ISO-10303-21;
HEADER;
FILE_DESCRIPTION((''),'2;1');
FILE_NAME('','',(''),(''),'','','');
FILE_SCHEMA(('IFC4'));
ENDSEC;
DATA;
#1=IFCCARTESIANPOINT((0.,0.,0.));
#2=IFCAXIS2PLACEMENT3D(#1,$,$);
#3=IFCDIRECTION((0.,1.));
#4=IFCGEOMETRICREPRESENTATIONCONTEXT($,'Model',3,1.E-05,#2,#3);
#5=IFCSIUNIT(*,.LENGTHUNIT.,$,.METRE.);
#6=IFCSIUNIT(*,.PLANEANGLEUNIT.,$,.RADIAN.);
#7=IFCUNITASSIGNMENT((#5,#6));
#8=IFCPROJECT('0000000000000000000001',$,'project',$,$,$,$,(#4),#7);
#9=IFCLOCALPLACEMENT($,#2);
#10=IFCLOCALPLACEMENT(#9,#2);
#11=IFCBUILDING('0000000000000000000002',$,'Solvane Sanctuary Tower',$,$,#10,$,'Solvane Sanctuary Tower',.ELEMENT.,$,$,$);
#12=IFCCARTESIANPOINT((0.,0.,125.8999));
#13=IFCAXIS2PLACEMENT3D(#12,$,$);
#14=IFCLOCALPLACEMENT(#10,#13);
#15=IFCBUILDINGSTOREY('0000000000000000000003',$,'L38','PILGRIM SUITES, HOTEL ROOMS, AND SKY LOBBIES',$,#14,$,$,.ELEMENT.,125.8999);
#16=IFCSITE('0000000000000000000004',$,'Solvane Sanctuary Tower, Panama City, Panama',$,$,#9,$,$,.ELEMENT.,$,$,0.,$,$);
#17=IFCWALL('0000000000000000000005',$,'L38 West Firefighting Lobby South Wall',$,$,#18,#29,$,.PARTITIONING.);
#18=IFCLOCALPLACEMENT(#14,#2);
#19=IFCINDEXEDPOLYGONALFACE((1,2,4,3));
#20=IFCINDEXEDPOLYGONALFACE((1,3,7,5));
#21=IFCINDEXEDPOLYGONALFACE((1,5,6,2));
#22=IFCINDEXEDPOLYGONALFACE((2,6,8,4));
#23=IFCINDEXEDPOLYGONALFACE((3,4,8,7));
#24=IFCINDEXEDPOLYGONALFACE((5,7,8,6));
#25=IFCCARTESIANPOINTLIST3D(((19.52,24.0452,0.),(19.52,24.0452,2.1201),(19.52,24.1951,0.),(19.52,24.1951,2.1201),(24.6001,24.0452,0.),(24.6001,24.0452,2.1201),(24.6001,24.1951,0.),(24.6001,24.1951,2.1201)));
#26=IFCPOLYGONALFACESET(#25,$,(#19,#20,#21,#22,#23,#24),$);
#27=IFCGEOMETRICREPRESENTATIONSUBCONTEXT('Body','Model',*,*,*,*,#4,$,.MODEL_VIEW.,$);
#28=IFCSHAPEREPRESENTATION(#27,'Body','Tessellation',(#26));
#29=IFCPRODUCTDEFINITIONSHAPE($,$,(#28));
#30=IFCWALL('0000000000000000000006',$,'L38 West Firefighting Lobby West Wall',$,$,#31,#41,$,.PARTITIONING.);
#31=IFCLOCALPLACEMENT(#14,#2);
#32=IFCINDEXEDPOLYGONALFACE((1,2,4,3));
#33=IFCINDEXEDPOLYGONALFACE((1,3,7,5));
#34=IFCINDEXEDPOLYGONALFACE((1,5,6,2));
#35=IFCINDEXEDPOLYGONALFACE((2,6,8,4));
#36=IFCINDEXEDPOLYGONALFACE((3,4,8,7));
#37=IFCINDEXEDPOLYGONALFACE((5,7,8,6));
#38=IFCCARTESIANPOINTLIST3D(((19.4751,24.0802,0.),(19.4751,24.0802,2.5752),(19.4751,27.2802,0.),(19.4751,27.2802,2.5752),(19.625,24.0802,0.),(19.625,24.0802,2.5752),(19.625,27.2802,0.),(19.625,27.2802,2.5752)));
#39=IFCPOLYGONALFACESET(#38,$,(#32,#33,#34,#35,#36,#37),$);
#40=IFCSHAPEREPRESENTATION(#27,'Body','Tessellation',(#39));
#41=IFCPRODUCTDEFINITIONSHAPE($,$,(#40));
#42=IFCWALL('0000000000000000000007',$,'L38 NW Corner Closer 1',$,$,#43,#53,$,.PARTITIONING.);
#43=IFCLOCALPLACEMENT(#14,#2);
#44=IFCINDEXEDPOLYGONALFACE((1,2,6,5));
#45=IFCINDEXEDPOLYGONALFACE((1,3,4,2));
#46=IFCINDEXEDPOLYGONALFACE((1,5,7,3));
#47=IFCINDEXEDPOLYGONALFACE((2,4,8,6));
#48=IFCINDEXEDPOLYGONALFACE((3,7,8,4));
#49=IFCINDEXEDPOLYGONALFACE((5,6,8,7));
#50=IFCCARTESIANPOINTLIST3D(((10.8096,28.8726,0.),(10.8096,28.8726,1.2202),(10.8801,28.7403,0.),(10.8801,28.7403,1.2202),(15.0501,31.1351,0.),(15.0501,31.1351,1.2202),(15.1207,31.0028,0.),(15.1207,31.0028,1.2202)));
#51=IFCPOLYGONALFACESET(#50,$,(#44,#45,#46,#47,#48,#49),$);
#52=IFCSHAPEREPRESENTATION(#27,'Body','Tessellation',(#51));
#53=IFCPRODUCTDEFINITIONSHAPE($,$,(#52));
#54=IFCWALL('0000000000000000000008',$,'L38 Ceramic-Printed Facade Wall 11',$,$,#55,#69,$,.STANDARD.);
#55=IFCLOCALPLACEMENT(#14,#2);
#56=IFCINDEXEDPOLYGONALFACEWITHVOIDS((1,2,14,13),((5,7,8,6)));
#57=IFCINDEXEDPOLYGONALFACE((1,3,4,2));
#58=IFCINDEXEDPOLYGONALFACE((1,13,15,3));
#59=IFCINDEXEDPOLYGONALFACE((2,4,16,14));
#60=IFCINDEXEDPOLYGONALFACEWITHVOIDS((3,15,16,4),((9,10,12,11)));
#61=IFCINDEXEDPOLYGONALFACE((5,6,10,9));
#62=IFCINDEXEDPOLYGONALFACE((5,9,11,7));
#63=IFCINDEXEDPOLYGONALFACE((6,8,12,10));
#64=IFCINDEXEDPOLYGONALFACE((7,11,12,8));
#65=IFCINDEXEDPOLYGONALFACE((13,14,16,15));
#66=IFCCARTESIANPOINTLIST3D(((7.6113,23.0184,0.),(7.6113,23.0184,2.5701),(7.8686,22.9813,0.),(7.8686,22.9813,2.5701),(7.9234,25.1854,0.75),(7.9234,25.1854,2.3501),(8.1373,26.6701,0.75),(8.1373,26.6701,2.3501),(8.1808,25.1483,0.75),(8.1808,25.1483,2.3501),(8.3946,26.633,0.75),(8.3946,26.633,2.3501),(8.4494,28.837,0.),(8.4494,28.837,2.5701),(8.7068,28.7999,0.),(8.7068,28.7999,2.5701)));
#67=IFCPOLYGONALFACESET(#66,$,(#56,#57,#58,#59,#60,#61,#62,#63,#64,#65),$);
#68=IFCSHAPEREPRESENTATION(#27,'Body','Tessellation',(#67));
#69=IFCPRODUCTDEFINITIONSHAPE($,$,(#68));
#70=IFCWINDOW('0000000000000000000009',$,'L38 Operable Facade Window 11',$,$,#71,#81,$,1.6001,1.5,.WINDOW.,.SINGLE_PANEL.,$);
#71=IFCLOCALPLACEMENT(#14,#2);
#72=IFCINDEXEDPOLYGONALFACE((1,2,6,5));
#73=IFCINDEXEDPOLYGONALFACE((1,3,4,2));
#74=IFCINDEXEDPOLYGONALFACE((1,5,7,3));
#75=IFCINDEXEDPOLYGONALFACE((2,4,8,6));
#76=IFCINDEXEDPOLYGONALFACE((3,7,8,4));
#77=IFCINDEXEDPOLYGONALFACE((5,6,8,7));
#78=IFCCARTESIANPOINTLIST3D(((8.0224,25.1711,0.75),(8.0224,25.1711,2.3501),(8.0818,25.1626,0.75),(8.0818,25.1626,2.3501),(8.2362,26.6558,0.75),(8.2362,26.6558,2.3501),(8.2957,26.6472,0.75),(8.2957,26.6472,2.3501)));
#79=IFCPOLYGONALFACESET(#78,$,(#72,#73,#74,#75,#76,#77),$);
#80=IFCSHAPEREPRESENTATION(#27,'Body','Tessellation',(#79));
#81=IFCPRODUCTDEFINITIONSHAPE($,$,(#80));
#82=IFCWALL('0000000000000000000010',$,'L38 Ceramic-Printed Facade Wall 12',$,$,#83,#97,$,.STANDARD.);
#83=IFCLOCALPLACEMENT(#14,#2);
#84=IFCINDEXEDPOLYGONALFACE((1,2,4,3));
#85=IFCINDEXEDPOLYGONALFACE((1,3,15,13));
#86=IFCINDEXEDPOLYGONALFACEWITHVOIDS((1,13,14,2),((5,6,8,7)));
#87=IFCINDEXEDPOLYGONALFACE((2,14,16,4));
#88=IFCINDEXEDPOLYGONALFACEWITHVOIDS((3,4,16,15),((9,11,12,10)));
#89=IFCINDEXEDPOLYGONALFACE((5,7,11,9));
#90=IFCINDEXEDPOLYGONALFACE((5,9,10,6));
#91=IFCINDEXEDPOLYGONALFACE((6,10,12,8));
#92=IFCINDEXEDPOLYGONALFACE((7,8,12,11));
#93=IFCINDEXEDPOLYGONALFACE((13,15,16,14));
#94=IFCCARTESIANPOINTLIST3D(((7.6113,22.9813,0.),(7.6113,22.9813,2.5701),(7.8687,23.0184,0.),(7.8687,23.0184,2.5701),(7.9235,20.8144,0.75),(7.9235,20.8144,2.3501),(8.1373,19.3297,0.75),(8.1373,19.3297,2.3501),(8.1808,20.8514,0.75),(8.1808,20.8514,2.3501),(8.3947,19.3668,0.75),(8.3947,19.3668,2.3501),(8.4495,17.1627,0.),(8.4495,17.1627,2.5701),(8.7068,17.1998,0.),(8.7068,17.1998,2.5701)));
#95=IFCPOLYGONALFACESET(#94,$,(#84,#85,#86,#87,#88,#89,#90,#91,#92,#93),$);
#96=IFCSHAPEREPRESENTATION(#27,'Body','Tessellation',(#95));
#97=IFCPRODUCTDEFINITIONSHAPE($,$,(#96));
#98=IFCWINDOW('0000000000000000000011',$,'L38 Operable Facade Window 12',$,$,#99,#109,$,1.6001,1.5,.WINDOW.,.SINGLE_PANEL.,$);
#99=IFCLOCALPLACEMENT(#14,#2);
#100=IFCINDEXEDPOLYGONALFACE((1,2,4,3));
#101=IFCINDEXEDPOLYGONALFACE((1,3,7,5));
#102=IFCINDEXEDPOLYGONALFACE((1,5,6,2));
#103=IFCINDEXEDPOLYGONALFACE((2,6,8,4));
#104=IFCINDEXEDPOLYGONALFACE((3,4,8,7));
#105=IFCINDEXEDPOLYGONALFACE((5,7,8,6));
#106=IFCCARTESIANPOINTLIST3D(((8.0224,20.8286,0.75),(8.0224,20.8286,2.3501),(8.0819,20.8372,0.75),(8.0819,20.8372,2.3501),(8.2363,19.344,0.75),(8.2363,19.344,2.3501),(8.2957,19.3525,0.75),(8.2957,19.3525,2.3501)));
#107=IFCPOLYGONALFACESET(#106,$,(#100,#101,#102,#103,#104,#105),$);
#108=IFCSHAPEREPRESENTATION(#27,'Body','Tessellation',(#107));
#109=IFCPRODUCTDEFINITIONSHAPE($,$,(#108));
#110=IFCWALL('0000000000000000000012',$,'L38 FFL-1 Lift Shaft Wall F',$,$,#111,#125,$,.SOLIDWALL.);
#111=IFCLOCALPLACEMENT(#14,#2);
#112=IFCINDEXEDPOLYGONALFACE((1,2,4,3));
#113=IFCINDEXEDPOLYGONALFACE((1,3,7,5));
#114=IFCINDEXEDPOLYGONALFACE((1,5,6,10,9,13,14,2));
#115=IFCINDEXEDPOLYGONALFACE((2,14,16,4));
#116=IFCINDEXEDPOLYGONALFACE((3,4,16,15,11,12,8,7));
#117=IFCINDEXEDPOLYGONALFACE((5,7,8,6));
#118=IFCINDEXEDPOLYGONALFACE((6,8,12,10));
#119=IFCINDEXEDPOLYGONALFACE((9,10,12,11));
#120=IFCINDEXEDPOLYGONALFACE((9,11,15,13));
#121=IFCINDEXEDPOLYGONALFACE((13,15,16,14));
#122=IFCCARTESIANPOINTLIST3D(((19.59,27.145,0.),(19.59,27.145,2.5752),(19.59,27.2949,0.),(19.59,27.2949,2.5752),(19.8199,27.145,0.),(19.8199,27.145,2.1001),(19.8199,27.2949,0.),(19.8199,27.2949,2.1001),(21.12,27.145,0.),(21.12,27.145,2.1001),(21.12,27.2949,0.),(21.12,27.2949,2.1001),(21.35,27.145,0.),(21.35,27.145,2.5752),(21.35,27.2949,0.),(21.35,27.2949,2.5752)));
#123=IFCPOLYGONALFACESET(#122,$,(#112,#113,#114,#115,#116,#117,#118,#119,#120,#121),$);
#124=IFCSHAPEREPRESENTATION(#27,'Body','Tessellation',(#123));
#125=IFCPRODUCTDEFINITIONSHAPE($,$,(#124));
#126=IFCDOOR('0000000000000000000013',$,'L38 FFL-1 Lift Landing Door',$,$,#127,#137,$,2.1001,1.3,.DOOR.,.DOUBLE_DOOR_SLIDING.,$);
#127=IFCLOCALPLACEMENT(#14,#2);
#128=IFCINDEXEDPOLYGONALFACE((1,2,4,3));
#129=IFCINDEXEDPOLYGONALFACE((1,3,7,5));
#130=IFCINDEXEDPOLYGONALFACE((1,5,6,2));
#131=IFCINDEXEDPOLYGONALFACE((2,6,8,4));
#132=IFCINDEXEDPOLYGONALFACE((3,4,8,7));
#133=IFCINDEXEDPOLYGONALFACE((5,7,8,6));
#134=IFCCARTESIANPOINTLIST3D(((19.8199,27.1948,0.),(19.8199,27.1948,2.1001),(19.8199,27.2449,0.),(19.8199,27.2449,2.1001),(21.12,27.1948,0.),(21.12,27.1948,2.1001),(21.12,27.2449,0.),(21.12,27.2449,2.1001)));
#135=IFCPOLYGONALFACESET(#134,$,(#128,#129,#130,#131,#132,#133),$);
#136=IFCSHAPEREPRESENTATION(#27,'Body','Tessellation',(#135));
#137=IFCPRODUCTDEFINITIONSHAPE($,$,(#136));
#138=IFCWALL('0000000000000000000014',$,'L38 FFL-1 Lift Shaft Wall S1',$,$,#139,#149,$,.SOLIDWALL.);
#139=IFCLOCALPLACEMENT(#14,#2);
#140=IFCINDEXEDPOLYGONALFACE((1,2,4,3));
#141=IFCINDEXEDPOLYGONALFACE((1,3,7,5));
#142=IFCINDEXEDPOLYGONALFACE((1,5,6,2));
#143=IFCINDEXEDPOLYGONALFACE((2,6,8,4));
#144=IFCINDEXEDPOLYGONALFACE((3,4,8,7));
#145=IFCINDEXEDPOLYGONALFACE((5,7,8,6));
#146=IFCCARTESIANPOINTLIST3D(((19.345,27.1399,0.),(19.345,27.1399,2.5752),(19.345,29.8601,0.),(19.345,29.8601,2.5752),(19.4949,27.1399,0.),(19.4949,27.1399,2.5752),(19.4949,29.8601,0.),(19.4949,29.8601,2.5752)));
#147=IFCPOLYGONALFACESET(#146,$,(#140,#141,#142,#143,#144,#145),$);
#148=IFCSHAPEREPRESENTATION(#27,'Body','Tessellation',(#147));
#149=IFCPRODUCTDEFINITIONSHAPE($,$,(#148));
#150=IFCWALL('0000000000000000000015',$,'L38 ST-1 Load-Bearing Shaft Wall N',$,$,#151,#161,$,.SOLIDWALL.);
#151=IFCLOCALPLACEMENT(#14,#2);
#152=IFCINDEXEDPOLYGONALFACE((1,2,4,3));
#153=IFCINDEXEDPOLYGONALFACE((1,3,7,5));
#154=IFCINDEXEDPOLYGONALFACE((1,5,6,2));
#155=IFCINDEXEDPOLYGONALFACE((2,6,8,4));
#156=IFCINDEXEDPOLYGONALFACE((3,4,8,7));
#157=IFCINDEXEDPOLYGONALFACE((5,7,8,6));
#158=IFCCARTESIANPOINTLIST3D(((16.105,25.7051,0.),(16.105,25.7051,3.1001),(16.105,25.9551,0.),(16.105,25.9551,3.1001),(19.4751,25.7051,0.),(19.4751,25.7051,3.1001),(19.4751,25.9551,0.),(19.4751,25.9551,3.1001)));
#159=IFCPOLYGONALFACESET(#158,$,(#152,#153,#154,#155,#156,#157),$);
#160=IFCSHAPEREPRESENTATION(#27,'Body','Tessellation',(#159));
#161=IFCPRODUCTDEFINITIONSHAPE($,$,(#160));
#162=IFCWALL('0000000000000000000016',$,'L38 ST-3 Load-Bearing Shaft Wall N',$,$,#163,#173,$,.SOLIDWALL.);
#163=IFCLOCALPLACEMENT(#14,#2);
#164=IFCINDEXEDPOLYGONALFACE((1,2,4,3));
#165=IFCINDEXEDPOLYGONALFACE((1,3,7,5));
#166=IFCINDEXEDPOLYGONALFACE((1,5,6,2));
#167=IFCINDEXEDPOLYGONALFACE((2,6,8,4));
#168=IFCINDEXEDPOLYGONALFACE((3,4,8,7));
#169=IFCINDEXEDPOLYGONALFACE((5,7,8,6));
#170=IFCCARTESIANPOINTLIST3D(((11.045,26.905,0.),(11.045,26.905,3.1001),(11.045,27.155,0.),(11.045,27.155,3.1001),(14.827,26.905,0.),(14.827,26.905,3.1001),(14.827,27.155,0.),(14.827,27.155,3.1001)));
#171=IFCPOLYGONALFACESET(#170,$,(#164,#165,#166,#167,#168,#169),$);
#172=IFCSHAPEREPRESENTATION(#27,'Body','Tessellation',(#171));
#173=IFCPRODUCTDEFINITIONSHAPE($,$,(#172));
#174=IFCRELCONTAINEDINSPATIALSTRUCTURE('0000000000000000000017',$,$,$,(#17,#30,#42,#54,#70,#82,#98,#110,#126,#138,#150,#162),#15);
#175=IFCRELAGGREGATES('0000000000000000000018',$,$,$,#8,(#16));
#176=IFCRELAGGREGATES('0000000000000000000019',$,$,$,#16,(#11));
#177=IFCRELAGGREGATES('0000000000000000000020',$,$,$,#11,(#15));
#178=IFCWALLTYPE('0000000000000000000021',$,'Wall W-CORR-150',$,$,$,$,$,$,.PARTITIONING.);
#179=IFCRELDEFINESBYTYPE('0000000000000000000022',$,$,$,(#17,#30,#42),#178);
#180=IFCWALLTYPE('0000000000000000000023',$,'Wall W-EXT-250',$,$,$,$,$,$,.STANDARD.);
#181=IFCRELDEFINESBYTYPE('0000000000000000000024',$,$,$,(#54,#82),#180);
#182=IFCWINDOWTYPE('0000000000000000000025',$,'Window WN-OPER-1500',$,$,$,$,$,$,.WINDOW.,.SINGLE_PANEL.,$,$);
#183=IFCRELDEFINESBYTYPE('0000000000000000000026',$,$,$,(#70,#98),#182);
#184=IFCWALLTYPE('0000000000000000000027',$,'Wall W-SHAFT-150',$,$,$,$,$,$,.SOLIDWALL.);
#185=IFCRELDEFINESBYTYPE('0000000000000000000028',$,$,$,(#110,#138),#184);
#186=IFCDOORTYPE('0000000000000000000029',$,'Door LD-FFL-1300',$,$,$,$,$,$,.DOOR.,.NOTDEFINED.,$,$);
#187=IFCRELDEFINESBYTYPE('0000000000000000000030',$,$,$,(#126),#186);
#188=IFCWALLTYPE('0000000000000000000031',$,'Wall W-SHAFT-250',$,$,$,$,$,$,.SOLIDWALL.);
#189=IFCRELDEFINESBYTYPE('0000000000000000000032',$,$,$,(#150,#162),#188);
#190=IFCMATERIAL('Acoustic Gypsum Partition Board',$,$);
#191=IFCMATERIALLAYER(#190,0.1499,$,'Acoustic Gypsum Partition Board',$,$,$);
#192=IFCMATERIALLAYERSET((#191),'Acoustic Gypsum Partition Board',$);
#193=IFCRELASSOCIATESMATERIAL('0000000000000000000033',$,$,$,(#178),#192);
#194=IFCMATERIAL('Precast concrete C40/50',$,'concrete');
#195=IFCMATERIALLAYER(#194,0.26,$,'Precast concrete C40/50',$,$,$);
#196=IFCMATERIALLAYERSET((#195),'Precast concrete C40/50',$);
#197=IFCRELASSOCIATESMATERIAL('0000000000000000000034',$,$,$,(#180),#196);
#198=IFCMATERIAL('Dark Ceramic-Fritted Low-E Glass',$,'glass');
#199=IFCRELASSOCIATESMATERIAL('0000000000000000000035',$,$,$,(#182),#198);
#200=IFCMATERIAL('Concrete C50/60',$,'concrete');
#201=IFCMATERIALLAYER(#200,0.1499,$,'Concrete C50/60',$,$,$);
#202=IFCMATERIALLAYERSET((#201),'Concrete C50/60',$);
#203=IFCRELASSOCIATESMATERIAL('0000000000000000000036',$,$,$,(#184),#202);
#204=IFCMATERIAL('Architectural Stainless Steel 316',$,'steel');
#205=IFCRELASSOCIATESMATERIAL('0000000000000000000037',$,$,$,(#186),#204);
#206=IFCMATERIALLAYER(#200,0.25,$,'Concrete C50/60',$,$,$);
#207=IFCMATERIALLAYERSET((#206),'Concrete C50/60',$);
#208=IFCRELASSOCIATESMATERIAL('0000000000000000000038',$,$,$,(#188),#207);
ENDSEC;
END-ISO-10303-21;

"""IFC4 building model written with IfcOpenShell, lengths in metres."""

from ifc_helpers import new_model, si_unit, direction, frame, frame_2d, origin, place, context, subcontext, project, spatial, rectangle, extrude, material, layer, layer_set, type_object, element, fill, save


model = new_model("IFC4")

# Units and contexts
model_context = context("Model", 3, precision=1e-05, world=origin(), true_north=direction((0.0, 1.0)))
body_context = subcontext(model_context, "Body", "Model", "MODEL_VIEW")
ifc_project = project(units=[si_unit("LENGTHUNIT", "METRE"), si_unit("PLANEANGLEUNIT", "RADIAN")], contexts=[model_context])

# Site, building, storey
site_placement = place(None, origin())
site = spatial("IfcSite", under=ifc_project, at=site_placement, Name="Solvane Sanctuary Tower, Panama City, Panama", CompositionType="ELEMENT", RefElevation=0.0)
building_placement = place(site_placement, origin())
building = spatial("IfcBuilding", under=site, at=building_placement, Name="Solvane Sanctuary Tower", LongName="Solvane Sanctuary Tower", CompositionType="ELEMENT")
storey_placement = place(building_placement, frame((0.0, 0.0, 125.8999)))
storey = spatial("IfcBuildingStorey", under=building, at=storey_placement, Name="L38", Description="PILGRIM SUITES, HOTEL ROOMS, AND SKY LOBBIES", CompositionType="ELEMENT", Elevation=125.8999)

# Walls
ifc_material_1 = material(Name="Acoustic Gypsum Partition Board")
ifc_layer_1 = layer(ifc_material_1, 0.1499, Name="Acoustic Gypsum Partition Board")
ifc_layer_set_1 = layer_set([ifc_layer_1], Name="Acoustic Gypsum Partition Board")
wall_type_1 = type_object("IfcWallType", Name="Wall W-CORR-150", PredefinedType="PARTITIONING", material=ifc_layer_set_1)
wall_1_placement = place(storey_placement, frame((19.52, 24.1201, 0.0), z_axis=(0.0, 0.0, 1.0), x_axis=(1.0, 0.0, 0.0)))
element("IfcWall", 1, at=wall_1_placement, inside=storey, type_object=wall_type_1, Name="L38 West Firefighting Lobby South Wall", PredefinedType="PARTITIONING", context=body_context, shape_type="SweptSolid", body=[
    extrude(rectangle(XDim=5.0801, YDim=0.1499, at=frame_2d((2.54, 0.0))), origin(), (0.0, 0.0, 1.0), 2.1201),
])
wall_2_placement = place(storey_placement, frame((19.55, 24.0801, 0.0), z_axis=(0.0, 0.0, 1.0), x_axis=(0.0, 1.0, 0.0)))
element("IfcWall", 2, at=wall_2_placement, inside=storey, type_object=wall_type_1, Name="L38 West Firefighting Lobby West Wall", PredefinedType="PARTITIONING", context=body_context, shape_type="SweptSolid", body=[
    extrude(rectangle(XDim=3.2, YDim=0.1499, at=frame_2d((1.6001, 0.0))), origin(), (0.0, 0.0, 1.0), 2.5752),
])
wall_3_placement = place(storey_placement, frame((10.8447, 28.8064, 0.0), z_axis=(0.0, 0.0, 1.0), x_axis=(0.882278, 0.470728, 0.0)))
element("IfcWall", 3, at=wall_3_placement, inside=storey, type_object=wall_type_1, Name="L38 NW Corner Closer 1", PredefinedType="PARTITIONING", context=body_context, shape_type="SweptSolid", body=[
    extrude(rectangle(XDim=4.8064, YDim=0.1499, at=frame_2d((2.4033, 0.0))), origin(), (0.0, 0.0, 1.0), 1.2202),
])

# Walls, openings, windows
ifc_material_2 = material(Name="Precast concrete C40/50", Category="concrete")
ifc_layer_2 = layer(ifc_material_2, 0.26, Name="Precast concrete C40/50")
ifc_layer_set_2 = layer_set([ifc_layer_2], Name="Precast concrete C40/50")
wall_type_2 = type_object("IfcWallType", Name="Wall W-EXT-250", PredefinedType="STANDARD", material=ifc_layer_set_2)
wall_4_placement = place(storey_placement, frame((8.5781, 28.8186, 0.0), z_axis=(0.0, 0.0, 1.0), x_axis=(-0.142572, -0.989784, 0.0)))
wall_4 = element("IfcWall", 4, at=wall_4_placement, inside=storey, type_object=wall_type_2, Name="L38 Ceramic-Printed Facade Wall 11", PredefinedType="STANDARD", context=body_context, shape_type="SweptSolid", body=[
    extrude(rectangle(XDim=5.8787, YDim=0.26, at=frame_2d((2.9395, 0.0))), origin(), (0.0, 0.0, 1.0), 2.5701),
])
opening_1_placement = place(wall_4_placement, frame((2.1895, 0.0, 0.75)))
opening_1 = element("IfcOpeningElement", 5, at=opening_1_placement, cuts=wall_4, PredefinedType="OPENING", context=body_context, shape_type="SweptSolid", body=[
    extrude(rectangle(XDim=1.5, YDim=1.6001, at=frame_2d((0.75, 0.8))), frame((0.0, 0.1399, 0.0), z_axis=(0.0, -1.0, 0.0), x_axis=(1.0, 0.0, 0.0)), (0.0, 0.0, 1.0), 0.28),
])
ifc_material_3 = material(Name="Dark Ceramic-Fritted Low-E Glass", Category="glass")
window_type = type_object("IfcWindowType", Name="Window WN-OPER-1500", PartitioningType="SINGLE_PANEL", PredefinedType="WINDOW", material=ifc_material_3)
window_1_placement = place(opening_1_placement, origin())
window_1 = element("IfcWindow", 6, at=window_1_placement, inside=storey, type_object=window_type, Name="L38 Operable Facade Window 11", OverallHeight=1.6001, OverallWidth=1.5, PartitioningType="SINGLE_PANEL", PredefinedType="WINDOW", context=body_context, shape_type="SweptSolid", body=[
    extrude(rectangle(XDim=1.5, YDim=1.6001, at=frame_2d((0.75, 0.8))), frame((0.0, 0.03, 0.0), z_axis=(0.0, -1.0, 0.0), x_axis=(1.0, 0.0, 0.0)), (0.0, 0.0, 1.0), 0.0601),
])
fill(opening_1, window_1)
wall_5_placement = place(storey_placement, frame((7.74, 23.0, 0.0), z_axis=(0.0, 0.0, 1.0), x_axis=(0.142572, -0.989784, 0.0)))
wall_5 = element("IfcWall", 7, at=wall_5_placement, inside=storey, type_object=wall_type_2, Name="L38 Ceramic-Printed Facade Wall 12", PredefinedType="STANDARD", context=body_context, shape_type="SweptSolid", body=[
    extrude(rectangle(XDim=5.8787, YDim=0.26, at=frame_2d((2.9395, 0.0))), origin(), (0.0, 0.0, 1.0), 2.5701),
])
opening_2_placement = place(wall_5_placement, frame((2.1895, 0.0, 0.75)))
opening_2 = element("IfcOpeningElement", 8, at=opening_2_placement, cuts=wall_5, PredefinedType="OPENING", context=body_context, shape_type="SweptSolid", body=[
    extrude(rectangle(XDim=1.5, YDim=1.6001, at=frame_2d((0.75, 0.8))), frame((0.0, 0.1399, 0.0), z_axis=(0.0, -1.0, 0.0), x_axis=(1.0, 0.0, 0.0)), (0.0, 0.0, 1.0), 0.28),
])
window_2_placement = place(opening_2_placement, origin())
window_2 = element("IfcWindow", 9, at=window_2_placement, inside=storey, type_object=window_type, Name="L38 Operable Facade Window 12", OverallHeight=1.6001, OverallWidth=1.5, PartitioningType="SINGLE_PANEL", PredefinedType="WINDOW", context=body_context, shape_type="SweptSolid", body=[
    extrude(rectangle(XDim=1.5, YDim=1.6001, at=frame_2d((0.75, 0.8))), frame((0.0, 0.03, 0.0), z_axis=(0.0, -1.0, 0.0), x_axis=(1.0, 0.0, 0.0)), (0.0, 0.0, 1.0), 0.0601),
])
fill(opening_2, window_2)

# Wall, opening, door
ifc_material_4 = material(Name="Concrete C50/60", Category="concrete")
ifc_layer_3 = layer(ifc_material_4, 0.1499, Name="Concrete C50/60")
ifc_layer_set_3 = layer_set([ifc_layer_3], Name="Concrete C50/60")
wall_type_3 = type_object("IfcWallType", Name="Wall W-SHAFT-150", PredefinedType="SOLIDWALL", material=ifc_layer_set_3)
wall_6_placement = place(storey_placement, frame((19.5901, 27.22, 0.0), z_axis=(0.0, 0.0, 1.0), x_axis=(1.0, 0.0, 0.0)))
wall_6 = element("IfcWall", 10, at=wall_6_placement, inside=storey, type_object=wall_type_3, Name="L38 FFL-1 Lift Shaft Wall F", PredefinedType="SOLIDWALL", context=body_context, shape_type="SweptSolid", body=[
    extrude(rectangle(XDim=1.76, YDim=0.1499, at=frame_2d((0.8799, 0.0))), origin(), (0.0, 0.0, 1.0), 2.5752),
])
opening_3_placement = place(wall_6_placement, frame((0.23, 0.0, 0.0)))
opening_3 = element("IfcOpeningElement", 11, at=opening_3_placement, cuts=wall_6, PredefinedType="OPENING", context=body_context, shape_type="SweptSolid", body=[
    extrude(rectangle(XDim=1.3, YDim=2.1001, at=frame_2d((0.6499, 1.05))), frame((0.0, 0.085, 0.0), z_axis=(0.0, -1.0, 0.0), x_axis=(1.0, 0.0, 0.0)), (0.0, 0.0, 1.0), 0.1699),
])
ifc_material_5 = material(Name="Architectural Stainless Steel 316", Category="steel")
door_type = type_object("IfcDoorType", Name="Door LD-FFL-1300", OperationType="NOTDEFINED", PredefinedType="DOOR", material=ifc_material_5)
door_placement = place(opening_3_placement, origin())
door = element("IfcDoor", 12, at=door_placement, inside=storey, type_object=door_type, Name="L38 FFL-1 Lift Landing Door", OperationType="DOUBLE_DOOR_SLIDING", OverallHeight=2.1001, OverallWidth=1.3, PredefinedType="DOOR", context=body_context, shape_type="SweptSolid", body=[
    extrude(rectangle(XDim=1.3, YDim=2.1001, at=frame_2d((0.6499, 1.05))), frame((0.0, 0.0249, 0.0), z_axis=(0.0, -1.0, 0.0), x_axis=(1.0, 0.0, 0.0)), (0.0, 0.0, 1.0), 0.05),
])
fill(opening_3, door)

# Walls
wall_7_placement = place(storey_placement, frame((19.4199, 27.1399, 0.0), z_axis=(0.0, 0.0, 1.0), x_axis=(0.0, 1.0, 0.0)))
element("IfcWall", 13, at=wall_7_placement, inside=storey, type_object=wall_type_3, Name="L38 FFL-1 Lift Shaft Wall S1", PredefinedType="SOLIDWALL", context=body_context, shape_type="SweptSolid", body=[
    extrude(rectangle(XDim=2.7202, YDim=0.1499, at=frame_2d((1.3601, 0.0))), origin(), (0.0, 0.0, 1.0), 2.5752),
])
ifc_layer_4 = layer(ifc_material_4, 0.25, Name="Concrete C50/60")
ifc_layer_set_4 = layer_set([ifc_layer_4], Name="Concrete C50/60")
wall_type_4 = type_object("IfcWallType", Name="Wall W-SHAFT-250", PredefinedType="SOLIDWALL", material=ifc_layer_set_4)
wall_8_placement = place(storey_placement, frame((16.105, 25.8301, 0.0), z_axis=(0.0, 0.0, 1.0), x_axis=(1.0, 0.0, 0.0)))
element("IfcWall", 14, at=wall_8_placement, inside=storey, type_object=wall_type_4, Name="L38 ST-1 Load-Bearing Shaft Wall N", PredefinedType="SOLIDWALL", context=body_context, shape_type="SweptSolid", body=[
    extrude(rectangle(XDim=3.3701, YDim=0.25, at=frame_2d((1.6851, 0.0))), origin(), (0.0, 0.0, 1.0), 3.1001),
])
wall_9_placement = place(storey_placement, frame((11.0449, 27.03, 0.0), z_axis=(0.0, 0.0, 1.0), x_axis=(1.0, 0.0, 0.0)))
element("IfcWall", 15, at=wall_9_placement, inside=storey, type_object=wall_type_4, Name="L38 ST-3 Load-Bearing Shaft Wall N", PredefinedType="SOLIDWALL", context=body_context, shape_type="SweptSolid", body=[
    extrude(rectangle(XDim=3.782, YDim=0.25, at=frame_2d((1.8911, 0.0))), origin(), (0.0, 0.0, 1.0), 3.1001),
])

save(model, "model.ifc")
